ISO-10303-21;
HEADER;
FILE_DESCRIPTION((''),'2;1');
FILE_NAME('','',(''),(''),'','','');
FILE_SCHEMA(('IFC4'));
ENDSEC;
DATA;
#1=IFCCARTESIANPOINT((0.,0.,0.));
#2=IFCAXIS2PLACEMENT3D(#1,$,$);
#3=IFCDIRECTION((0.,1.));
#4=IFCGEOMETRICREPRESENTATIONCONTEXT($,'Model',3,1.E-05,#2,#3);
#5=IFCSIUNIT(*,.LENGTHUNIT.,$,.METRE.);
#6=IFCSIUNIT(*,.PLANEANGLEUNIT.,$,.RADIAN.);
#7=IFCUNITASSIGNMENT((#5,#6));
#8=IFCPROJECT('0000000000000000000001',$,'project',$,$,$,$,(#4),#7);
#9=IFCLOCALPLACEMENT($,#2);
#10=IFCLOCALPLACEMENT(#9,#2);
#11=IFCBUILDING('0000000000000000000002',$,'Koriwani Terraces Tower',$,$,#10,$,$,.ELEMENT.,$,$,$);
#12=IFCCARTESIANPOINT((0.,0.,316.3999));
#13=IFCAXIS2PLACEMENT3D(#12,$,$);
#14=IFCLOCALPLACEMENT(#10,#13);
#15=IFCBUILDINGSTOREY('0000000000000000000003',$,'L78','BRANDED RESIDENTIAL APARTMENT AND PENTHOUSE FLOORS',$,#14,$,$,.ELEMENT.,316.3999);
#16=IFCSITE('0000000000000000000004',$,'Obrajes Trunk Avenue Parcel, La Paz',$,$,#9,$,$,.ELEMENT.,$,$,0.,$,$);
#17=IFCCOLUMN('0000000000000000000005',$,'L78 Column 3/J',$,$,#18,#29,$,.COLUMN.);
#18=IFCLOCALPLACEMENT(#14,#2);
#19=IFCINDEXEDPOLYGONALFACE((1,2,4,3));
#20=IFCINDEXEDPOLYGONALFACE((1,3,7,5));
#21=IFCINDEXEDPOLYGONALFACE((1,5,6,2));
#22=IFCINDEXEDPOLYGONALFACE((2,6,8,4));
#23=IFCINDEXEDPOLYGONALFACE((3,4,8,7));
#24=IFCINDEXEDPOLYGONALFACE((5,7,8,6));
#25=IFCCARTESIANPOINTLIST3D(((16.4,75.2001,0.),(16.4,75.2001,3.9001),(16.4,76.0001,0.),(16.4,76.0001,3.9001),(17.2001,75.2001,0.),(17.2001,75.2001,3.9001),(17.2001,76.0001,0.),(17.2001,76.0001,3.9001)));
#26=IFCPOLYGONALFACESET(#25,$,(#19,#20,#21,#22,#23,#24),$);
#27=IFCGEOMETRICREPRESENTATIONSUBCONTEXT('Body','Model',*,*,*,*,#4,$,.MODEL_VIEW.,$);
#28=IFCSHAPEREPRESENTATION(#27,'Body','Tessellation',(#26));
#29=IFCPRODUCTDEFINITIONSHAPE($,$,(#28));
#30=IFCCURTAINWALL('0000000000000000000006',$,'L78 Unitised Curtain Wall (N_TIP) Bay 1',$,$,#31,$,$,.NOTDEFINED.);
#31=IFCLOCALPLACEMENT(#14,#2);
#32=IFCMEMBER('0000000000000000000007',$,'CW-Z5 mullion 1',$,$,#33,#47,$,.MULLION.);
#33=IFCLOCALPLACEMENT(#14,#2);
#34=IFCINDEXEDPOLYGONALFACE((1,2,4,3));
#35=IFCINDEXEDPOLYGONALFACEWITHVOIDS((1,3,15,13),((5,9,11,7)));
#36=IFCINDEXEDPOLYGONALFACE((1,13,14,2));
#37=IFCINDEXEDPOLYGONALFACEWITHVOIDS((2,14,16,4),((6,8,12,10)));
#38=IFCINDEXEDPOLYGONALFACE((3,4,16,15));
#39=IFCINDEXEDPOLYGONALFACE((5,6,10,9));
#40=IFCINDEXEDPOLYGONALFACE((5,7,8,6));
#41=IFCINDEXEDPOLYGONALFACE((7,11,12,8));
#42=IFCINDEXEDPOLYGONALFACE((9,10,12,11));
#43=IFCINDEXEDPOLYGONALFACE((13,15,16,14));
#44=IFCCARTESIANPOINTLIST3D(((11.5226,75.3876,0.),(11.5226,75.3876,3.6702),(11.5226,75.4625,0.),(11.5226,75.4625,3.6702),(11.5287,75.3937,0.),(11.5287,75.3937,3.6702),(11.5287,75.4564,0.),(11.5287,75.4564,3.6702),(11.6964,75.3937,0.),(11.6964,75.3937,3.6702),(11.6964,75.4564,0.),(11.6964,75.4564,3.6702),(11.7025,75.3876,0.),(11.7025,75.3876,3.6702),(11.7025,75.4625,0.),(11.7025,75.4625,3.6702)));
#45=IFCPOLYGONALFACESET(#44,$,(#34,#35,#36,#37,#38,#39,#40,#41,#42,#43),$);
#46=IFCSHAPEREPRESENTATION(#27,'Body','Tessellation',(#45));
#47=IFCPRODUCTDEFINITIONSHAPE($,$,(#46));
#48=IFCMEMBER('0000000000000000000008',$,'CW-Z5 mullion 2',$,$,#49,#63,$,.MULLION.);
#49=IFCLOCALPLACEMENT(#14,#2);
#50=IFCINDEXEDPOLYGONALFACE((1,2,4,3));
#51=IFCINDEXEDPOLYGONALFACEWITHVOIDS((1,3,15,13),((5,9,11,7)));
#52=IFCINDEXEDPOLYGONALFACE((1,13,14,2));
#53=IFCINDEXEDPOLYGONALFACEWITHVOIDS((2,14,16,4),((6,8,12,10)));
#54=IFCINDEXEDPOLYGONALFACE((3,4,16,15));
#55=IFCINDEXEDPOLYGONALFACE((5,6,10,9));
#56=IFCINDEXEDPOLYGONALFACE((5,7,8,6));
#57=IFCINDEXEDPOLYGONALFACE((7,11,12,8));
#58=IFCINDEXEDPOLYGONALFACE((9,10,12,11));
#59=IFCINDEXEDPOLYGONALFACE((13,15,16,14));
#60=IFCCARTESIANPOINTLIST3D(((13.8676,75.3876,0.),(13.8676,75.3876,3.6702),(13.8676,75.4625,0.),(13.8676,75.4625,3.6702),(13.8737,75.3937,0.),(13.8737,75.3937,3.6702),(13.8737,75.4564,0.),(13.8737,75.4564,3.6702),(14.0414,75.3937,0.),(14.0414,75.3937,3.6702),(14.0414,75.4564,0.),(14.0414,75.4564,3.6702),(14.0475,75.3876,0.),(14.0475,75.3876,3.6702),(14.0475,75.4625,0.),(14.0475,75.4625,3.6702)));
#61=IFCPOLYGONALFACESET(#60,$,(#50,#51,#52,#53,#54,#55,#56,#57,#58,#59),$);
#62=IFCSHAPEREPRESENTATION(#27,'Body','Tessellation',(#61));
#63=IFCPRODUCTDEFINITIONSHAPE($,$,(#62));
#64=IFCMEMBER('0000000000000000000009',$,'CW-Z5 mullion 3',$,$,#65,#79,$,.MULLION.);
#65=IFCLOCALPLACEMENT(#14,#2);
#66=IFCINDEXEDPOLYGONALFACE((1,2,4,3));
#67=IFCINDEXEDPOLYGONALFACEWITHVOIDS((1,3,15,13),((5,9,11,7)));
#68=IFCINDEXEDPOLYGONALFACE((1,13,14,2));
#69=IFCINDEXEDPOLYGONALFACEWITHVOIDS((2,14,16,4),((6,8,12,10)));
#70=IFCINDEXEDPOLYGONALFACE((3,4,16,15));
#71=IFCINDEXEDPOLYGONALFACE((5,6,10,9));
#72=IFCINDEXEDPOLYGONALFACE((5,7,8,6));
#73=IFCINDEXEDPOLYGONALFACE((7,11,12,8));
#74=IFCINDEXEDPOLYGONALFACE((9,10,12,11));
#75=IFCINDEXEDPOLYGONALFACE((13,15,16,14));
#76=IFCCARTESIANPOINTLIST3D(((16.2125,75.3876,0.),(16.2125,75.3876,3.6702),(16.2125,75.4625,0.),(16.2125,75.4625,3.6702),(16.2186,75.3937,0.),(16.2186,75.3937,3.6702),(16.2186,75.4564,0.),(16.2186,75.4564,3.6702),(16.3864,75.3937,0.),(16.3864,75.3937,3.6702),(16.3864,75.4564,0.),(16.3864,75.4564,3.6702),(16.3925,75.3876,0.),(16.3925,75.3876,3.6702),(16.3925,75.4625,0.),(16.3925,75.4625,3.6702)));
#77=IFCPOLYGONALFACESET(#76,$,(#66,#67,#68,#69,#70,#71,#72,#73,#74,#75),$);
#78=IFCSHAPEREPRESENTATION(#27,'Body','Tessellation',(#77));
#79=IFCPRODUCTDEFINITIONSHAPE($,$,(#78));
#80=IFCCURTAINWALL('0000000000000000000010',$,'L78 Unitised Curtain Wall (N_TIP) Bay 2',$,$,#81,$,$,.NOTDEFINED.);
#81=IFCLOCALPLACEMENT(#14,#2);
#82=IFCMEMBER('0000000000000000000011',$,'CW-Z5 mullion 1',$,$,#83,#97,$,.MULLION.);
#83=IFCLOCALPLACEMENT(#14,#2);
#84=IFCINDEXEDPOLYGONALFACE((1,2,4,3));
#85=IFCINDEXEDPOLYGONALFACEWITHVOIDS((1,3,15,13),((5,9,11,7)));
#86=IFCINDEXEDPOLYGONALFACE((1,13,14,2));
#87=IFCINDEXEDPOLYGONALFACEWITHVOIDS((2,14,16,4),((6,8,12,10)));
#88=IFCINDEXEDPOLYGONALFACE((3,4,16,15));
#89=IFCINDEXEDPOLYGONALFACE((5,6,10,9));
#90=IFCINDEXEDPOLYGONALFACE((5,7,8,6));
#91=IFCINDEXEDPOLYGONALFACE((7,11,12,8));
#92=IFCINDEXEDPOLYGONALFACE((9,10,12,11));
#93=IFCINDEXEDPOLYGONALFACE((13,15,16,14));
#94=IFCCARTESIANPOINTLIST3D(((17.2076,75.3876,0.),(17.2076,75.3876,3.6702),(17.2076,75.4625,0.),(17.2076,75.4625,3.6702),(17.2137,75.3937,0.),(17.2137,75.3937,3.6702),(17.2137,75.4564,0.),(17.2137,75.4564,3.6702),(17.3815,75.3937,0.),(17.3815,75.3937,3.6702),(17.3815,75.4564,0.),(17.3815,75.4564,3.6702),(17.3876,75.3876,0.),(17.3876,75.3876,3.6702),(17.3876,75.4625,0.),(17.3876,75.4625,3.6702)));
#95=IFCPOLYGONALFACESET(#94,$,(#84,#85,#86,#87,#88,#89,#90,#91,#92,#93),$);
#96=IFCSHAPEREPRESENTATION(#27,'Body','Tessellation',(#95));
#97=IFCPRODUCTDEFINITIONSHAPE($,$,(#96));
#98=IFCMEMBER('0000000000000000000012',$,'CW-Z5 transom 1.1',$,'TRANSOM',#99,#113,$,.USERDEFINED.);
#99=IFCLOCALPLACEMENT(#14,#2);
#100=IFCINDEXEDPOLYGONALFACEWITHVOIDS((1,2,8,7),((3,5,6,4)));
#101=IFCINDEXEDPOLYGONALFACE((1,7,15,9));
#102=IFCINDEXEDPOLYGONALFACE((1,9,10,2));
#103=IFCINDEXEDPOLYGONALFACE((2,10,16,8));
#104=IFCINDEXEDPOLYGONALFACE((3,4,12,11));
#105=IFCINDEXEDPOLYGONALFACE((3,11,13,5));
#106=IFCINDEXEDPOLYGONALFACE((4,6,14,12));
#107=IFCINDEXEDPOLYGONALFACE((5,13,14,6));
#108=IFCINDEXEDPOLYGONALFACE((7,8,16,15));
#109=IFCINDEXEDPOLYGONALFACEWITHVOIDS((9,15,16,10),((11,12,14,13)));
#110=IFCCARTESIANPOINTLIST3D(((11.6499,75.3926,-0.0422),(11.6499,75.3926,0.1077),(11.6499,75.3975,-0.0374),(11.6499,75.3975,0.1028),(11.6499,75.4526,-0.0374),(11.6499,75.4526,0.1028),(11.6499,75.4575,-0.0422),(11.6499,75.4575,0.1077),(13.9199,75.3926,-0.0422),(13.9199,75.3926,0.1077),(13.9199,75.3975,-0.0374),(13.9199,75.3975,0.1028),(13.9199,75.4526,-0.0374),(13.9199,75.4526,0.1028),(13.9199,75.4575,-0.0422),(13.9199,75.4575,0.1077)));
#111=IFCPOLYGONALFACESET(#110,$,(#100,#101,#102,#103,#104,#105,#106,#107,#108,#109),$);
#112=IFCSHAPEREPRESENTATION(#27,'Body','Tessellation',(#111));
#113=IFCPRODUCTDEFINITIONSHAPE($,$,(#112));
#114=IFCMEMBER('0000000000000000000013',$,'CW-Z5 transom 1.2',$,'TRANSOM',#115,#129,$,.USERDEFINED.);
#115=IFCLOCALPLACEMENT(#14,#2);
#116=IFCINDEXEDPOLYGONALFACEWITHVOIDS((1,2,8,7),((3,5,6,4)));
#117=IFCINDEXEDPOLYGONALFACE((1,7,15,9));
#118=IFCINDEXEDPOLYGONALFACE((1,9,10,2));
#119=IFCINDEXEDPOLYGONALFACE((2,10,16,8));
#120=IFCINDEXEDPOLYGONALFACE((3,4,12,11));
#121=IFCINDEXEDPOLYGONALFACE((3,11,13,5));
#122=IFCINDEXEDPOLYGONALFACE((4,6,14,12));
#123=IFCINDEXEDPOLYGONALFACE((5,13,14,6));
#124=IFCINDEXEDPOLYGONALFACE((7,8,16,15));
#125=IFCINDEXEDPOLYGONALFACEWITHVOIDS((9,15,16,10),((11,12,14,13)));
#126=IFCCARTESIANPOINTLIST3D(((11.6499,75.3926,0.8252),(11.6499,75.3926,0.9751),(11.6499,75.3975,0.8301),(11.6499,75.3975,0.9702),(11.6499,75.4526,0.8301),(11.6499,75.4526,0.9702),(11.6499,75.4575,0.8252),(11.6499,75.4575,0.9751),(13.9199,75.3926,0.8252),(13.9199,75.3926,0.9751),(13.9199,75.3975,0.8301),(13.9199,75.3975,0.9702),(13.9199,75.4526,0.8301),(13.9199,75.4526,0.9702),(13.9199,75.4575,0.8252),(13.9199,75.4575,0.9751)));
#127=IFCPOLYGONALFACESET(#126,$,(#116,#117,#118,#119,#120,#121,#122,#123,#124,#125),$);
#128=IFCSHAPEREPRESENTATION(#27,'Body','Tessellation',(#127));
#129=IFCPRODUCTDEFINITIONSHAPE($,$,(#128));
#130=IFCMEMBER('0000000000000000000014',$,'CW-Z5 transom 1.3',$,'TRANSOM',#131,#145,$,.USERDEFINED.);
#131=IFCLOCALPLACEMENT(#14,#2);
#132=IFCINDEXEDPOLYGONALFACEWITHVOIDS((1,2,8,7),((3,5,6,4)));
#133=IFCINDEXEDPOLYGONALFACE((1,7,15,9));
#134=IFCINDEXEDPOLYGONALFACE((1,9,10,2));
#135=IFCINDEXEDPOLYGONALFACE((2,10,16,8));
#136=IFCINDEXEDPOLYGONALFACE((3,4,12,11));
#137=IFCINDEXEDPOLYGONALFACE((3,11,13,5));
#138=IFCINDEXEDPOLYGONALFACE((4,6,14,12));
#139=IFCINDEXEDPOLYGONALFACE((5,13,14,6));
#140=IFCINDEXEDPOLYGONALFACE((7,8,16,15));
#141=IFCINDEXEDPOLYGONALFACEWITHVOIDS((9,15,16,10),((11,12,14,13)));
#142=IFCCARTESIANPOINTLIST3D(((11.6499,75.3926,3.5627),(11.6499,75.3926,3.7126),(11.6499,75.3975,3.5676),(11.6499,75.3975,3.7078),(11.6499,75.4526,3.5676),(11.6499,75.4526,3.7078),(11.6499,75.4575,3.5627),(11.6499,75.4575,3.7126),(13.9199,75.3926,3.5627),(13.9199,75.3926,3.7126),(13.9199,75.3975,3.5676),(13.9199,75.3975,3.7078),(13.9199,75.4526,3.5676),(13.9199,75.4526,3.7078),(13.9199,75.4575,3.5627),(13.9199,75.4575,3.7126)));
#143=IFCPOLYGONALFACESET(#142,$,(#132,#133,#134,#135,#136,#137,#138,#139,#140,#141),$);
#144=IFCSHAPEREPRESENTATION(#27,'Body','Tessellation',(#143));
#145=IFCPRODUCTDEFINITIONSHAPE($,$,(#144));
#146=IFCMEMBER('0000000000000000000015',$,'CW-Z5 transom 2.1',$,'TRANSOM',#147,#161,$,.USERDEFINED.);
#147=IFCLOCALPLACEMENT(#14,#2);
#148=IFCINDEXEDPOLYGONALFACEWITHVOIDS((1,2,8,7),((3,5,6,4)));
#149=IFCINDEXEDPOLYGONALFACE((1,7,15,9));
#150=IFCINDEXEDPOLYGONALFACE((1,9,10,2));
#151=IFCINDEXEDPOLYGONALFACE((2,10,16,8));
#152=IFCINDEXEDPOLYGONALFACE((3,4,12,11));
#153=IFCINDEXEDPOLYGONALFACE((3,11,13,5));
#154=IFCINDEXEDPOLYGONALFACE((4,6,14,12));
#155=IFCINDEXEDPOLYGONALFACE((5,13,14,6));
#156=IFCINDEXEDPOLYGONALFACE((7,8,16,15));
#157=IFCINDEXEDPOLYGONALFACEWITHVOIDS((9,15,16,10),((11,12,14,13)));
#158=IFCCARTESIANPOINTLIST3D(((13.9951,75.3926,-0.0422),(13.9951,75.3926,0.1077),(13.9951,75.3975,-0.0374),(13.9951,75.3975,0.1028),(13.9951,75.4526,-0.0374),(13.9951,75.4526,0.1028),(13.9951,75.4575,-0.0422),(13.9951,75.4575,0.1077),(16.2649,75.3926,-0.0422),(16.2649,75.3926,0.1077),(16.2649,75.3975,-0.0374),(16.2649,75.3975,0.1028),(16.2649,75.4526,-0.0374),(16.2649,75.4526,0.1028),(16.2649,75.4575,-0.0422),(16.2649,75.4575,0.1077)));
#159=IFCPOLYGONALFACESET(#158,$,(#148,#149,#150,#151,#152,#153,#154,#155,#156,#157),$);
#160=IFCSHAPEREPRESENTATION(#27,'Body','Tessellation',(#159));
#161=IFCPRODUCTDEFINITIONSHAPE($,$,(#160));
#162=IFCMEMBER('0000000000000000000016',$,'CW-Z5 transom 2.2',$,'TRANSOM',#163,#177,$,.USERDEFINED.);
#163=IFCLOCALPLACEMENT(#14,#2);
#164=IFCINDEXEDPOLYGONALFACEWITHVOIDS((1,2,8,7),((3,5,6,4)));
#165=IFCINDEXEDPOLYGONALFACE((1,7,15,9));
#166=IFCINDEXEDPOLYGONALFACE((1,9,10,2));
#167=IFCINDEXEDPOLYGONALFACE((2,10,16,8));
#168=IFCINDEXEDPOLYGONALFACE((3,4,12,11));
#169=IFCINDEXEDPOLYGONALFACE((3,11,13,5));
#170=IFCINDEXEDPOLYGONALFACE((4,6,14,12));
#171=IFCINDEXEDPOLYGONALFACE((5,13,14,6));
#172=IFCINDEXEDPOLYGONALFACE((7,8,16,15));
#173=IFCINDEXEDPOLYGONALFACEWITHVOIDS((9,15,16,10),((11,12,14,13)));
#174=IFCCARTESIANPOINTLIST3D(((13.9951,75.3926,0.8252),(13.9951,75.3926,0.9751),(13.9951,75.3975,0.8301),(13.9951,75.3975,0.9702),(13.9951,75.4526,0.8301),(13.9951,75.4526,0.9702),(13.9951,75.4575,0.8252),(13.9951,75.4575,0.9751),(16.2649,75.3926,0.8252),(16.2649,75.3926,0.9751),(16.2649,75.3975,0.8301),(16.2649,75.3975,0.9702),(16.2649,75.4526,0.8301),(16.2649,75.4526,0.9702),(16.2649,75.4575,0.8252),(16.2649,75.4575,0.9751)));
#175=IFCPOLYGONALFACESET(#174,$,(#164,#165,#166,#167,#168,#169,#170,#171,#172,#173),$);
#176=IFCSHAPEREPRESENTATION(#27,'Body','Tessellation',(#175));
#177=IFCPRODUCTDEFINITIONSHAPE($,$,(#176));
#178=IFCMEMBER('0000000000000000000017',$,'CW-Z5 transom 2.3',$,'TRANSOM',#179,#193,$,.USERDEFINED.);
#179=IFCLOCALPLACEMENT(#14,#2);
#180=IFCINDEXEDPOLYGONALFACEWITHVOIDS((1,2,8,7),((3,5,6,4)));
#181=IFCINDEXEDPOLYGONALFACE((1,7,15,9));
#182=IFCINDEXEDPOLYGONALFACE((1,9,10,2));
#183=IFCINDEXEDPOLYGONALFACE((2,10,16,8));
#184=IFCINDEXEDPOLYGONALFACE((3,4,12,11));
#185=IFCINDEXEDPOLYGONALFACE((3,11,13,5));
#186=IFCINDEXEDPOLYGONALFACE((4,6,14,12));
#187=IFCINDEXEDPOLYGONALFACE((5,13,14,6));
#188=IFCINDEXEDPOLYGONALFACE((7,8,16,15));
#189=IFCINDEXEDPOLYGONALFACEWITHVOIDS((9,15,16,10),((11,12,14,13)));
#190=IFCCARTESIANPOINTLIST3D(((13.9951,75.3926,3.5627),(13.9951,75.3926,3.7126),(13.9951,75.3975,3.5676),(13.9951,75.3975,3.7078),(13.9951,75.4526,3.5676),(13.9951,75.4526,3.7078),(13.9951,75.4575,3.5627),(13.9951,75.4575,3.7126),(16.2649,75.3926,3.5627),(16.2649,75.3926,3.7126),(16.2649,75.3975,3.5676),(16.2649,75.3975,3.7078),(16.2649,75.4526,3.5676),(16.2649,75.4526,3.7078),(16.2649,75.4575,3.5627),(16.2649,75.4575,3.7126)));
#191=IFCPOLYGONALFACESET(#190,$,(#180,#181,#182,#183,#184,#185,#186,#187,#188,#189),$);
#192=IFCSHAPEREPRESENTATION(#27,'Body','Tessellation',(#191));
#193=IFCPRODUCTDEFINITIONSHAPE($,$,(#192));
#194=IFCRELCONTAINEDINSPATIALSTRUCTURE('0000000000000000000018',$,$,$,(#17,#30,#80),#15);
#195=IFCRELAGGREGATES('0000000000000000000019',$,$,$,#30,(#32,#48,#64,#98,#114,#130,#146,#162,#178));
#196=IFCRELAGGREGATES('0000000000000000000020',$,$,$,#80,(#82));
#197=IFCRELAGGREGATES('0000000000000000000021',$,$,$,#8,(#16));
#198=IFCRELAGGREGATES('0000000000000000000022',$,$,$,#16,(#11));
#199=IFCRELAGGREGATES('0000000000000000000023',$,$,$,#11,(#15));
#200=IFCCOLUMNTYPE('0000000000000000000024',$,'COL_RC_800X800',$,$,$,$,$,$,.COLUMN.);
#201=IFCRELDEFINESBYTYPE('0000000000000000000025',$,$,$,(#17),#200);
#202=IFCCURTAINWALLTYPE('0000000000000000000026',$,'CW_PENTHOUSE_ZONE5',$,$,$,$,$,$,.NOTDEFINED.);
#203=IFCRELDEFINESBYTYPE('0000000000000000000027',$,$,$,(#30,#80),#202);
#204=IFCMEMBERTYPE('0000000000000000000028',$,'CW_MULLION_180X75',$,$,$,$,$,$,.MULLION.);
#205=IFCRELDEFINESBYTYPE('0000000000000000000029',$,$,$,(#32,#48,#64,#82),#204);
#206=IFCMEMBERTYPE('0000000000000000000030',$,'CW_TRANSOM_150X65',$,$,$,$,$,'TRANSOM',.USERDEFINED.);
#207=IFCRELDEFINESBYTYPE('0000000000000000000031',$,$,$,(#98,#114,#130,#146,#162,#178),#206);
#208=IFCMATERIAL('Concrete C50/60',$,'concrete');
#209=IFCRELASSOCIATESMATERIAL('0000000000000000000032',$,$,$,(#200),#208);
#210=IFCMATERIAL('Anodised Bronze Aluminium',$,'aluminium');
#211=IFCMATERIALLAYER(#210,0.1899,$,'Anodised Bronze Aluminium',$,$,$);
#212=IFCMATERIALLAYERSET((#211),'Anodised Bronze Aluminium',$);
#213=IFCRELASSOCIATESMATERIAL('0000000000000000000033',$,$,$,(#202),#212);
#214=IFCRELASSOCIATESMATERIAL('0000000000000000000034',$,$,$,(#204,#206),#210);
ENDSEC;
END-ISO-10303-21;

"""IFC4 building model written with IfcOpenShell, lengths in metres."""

from ifc_helpers import new_model, si_unit, direction, frame, origin, origin_2d, place, context, subcontext, project, spatial, rectangle, hollow_rectangle, extrude, material, layer, layer_set, material_profile, profile_set, type_object, element, aggregate, save


model = new_model("IFC4")

# Units and contexts
model_context = context("Model", 3, precision=1e-05, world=origin(), true_north=direction((0.0, 1.0)))
body_context = subcontext(model_context, "Body", "Model", "MODEL_VIEW")
ifc_project = project(units=[si_unit("LENGTHUNIT", "METRE"), si_unit("PLANEANGLEUNIT", "RADIAN")], contexts=[model_context])

# Site, building, storey
site_placement = place(None, origin())
site = spatial("IfcSite", under=ifc_project, at=site_placement, Name="Obrajes Trunk Avenue Parcel, La Paz", CompositionType="ELEMENT", RefElevation=0.0)
building_placement = place(site_placement, origin())
building = spatial("IfcBuilding", under=site, at=building_placement, Name="Koriwani Terraces Tower", CompositionType="ELEMENT")
storey_placement = place(building_placement, frame((0.0, 0.0, 316.3999)))
storey = spatial("IfcBuildingStorey", under=building, at=storey_placement, Name="L78", Description="BRANDED RESIDENTIAL APARTMENT AND PENTHOUSE FLOORS", CompositionType="ELEMENT", Elevation=316.3999)

# Column
ifc_material_1 = material(Name="Concrete C50/60", Category="concrete")
ifc_material_profile_1 = material_profile(ifc_material_1, rectangle(XDim=0.8, YDim=0.8, at=origin_2d()), Name="Concrete C50/60", Category="LoadBearing")
ifc_profile_set_1 = profile_set([ifc_material_profile_1], Name="Concrete C50/60")
column_type = type_object("IfcColumnType", Name="COL_RC_800X800", PredefinedType="COLUMN", material=ifc_profile_set_1)
column_placement = place(storey_placement, frame((16.8, 75.6001, 0.0), z_axis=(0.0, 0.0, 1.0), x_axis=(1.0, 0.0, 0.0)))
element("IfcColumn", 1, at=column_placement, inside=storey, type_object=column_type, Name="L78 Column 3/J", PredefinedType="COLUMN", context=body_context, shape_type="SweptSolid", body=[
    extrude(rectangle(XDim=0.8, YDim=0.8, at=origin_2d()), origin(), (0.0, 0.0, 1.0), 3.9001),
])

# Curtain wall, members
ifc_material_2 = material(Name="Anodised Bronze Aluminium", Category="aluminium")
ifc_layer_1 = layer(ifc_material_2, 0.1899, Name="Anodised Bronze Aluminium")
ifc_layer_set_1 = layer_set([ifc_layer_1], Name="Anodised Bronze Aluminium")
curtain_wall_type = type_object("IfcCurtainWallType", Name="CW_PENTHOUSE_ZONE5", PredefinedType="NOTDEFINED", material=ifc_layer_set_1)
curtain_wall_1_placement = place(storey_placement, origin())
curtain_wall_1 = element("IfcCurtainWall", 2, at=curtain_wall_1_placement, inside=storey, type_object=curtain_wall_type, Name="L78 Unitised Curtain Wall (N_TIP) Bay 1", PredefinedType="NOTDEFINED")
ifc_material_profile_2 = material_profile(ifc_material_2, hollow_rectangle(XDim=0.075, YDim=0.1799, WallThickness=0.0061, at=origin_2d()), Name="Anodised Bronze Aluminium", Category="LoadBearing")
ifc_profile_set_2 = profile_set([ifc_material_profile_2], Name="Anodised Bronze Aluminium")
member_type_1 = type_object("IfcMemberType", Name="CW_MULLION_180X75", PredefinedType="MULLION", material=ifc_profile_set_2)
member_1_placement = place(storey_placement, frame((11.6125, 75.425, 0.0), z_axis=(0.0, 0.0, 1.0), x_axis=(0.0, 1.0, 0.0)))
member_1 = element("IfcMember", 3, at=member_1_placement, type_object=member_type_1, Name="CW-Z5 mullion 1", PredefinedType="MULLION", context=body_context, shape_type="SweptSolid", body=[
    extrude(hollow_rectangle(XDim=0.075, YDim=0.1799, WallThickness=0.0061, at=origin_2d()), origin(), (0.0, 0.0, 1.0), 3.6702),
])
member_2_placement = place(storey_placement, frame((13.9575, 75.425, 0.0), z_axis=(0.0, 0.0, 1.0), x_axis=(0.0, 1.0, 0.0)))
member_2 = element("IfcMember", 4, at=member_2_placement, type_object=member_type_1, Name="CW-Z5 mullion 2", PredefinedType="MULLION", context=body_context, shape_type="SweptSolid", body=[
    extrude(hollow_rectangle(XDim=0.075, YDim=0.1799, WallThickness=0.0061, at=origin_2d()), origin(), (0.0, 0.0, 1.0), 3.6702),
])
member_3_placement = place(storey_placement, frame((16.3025, 75.425, 0.0), z_axis=(0.0, 0.0, 1.0), x_axis=(0.0, 1.0, 0.0)))
member_3 = element("IfcMember", 5, at=member_3_placement, type_object=member_type_1, Name="CW-Z5 mullion 3", PredefinedType="MULLION", context=body_context, shape_type="SweptSolid", body=[
    extrude(hollow_rectangle(XDim=0.075, YDim=0.1799, WallThickness=0.0061, at=origin_2d()), origin(), (0.0, 0.0, 1.0), 3.6702),
])

# Curtain wall, member
curtain_wall_2_placement = place(storey_placement, origin())
curtain_wall_2 = element("IfcCurtainWall", 6, at=curtain_wall_2_placement, inside=storey, type_object=curtain_wall_type, Name="L78 Unitised Curtain Wall (N_TIP) Bay 2", PredefinedType="NOTDEFINED")
member_4_placement = place(storey_placement, frame((17.2976, 75.425, 0.0), z_axis=(0.0, 0.0, 1.0), x_axis=(0.0, 1.0, 0.0)))
member_4 = element("IfcMember", 7, at=member_4_placement, type_object=member_type_1, Name="CW-Z5 mullion 1", PredefinedType="MULLION", context=body_context, shape_type="SweptSolid", body=[
    extrude(hollow_rectangle(XDim=0.075, YDim=0.1799, WallThickness=0.0061, at=origin_2d()), origin(), (0.0, 0.0, 1.0), 3.6702),
])

# Members
ifc_material_profile_3 = material_profile(ifc_material_2, hollow_rectangle(XDim=0.0649, YDim=0.1499, WallThickness=0.0049, at=origin_2d()), Name="Anodised Bronze Aluminium", Category="LoadBearing")
ifc_profile_set_3 = profile_set([ifc_material_profile_3], Name="Anodised Bronze Aluminium")
member_type_2 = type_object("IfcMemberType", Name="CW_TRANSOM_150X65", ElementType="TRANSOM", PredefinedType="USERDEFINED", material=ifc_profile_set_3)
member_5_placement = place(storey_placement, frame((11.6499, 75.425, 0.0327), z_axis=(1.0, 0.0, 0.0), x_axis=(0.0, 1.0, 0.0)))
member_5 = element("IfcMember", 8, at=member_5_placement, type_object=member_type_2, Name="CW-Z5 transom 1.1", ObjectType="TRANSOM", PredefinedType="USERDEFINED", context=body_context, shape_type="SweptSolid", body=[
    extrude(hollow_rectangle(XDim=0.0649, YDim=0.1499, WallThickness=0.0049, at=origin_2d()), origin(), (0.0, 0.0, 1.0), 2.27),
])
member_6_placement = place(storey_placement, frame((11.6499, 75.425, 0.9001), z_axis=(1.0, 0.0, 0.0), x_axis=(0.0, 1.0, 0.0)))
member_6 = element("IfcMember", 9, at=member_6_placement, type_object=member_type_2, Name="CW-Z5 transom 1.2", ObjectType="TRANSOM", PredefinedType="USERDEFINED", context=body_context, shape_type="SweptSolid", body=[
    extrude(hollow_rectangle(XDim=0.0649, YDim=0.1499, WallThickness=0.0049, at=origin_2d()), origin(), (0.0, 0.0, 1.0), 2.27),
])
member_7_placement = place(storey_placement, frame((11.6499, 75.425, 3.6377), z_axis=(1.0, 0.0, 0.0), x_axis=(0.0, 1.0, 0.0)))
member_7 = element("IfcMember", 10, at=member_7_placement, type_object=member_type_2, Name="CW-Z5 transom 1.3", ObjectType="TRANSOM", PredefinedType="USERDEFINED", context=body_context, shape_type="SweptSolid", body=[
    extrude(hollow_rectangle(XDim=0.0649, YDim=0.1499, WallThickness=0.0049, at=origin_2d()), origin(), (0.0, 0.0, 1.0), 2.27),
])
member_8_placement = place(storey_placement, frame((13.9951, 75.425, 0.0327), z_axis=(1.0, 0.0, 0.0), x_axis=(0.0, 1.0, 0.0)))
member_8 = element("IfcMember", 11, at=member_8_placement, type_object=member_type_2, Name="CW-Z5 transom 2.1", ObjectType="TRANSOM", PredefinedType="USERDEFINED", context=body_context, shape_type="SweptSolid", body=[
    extrude(hollow_rectangle(XDim=0.0649, YDim=0.1499, WallThickness=0.0049, at=origin_2d()), origin(), (0.0, 0.0, 1.0), 2.2698),
])
member_9_placement = place(storey_placement, frame((13.9951, 75.425, 0.9001), z_axis=(1.0, 0.0, 0.0), x_axis=(0.0, 1.0, 0.0)))
member_9 = element("IfcMember", 12, at=member_9_placement, type_object=member_type_2, Name="CW-Z5 transom 2.2", ObjectType="TRANSOM", PredefinedType="USERDEFINED", context=body_context, shape_type="SweptSolid", body=[
    extrude(hollow_rectangle(XDim=0.0649, YDim=0.1499, WallThickness=0.0049, at=origin_2d()), origin(), (0.0, 0.0, 1.0), 2.2698),
])
member_10_placement = place(storey_placement, frame((13.9951, 75.425, 3.6377), z_axis=(1.0, 0.0, 0.0), x_axis=(0.0, 1.0, 0.0)))
member_10 = element("IfcMember", 13, at=member_10_placement, type_object=member_type_2, Name="CW-Z5 transom 2.3", ObjectType="TRANSOM", PredefinedType="USERDEFINED", context=body_context, shape_type="SweptSolid", body=[
    extrude(hollow_rectangle(XDim=0.0649, YDim=0.1499, WallThickness=0.0049, at=origin_2d()), origin(), (0.0, 0.0, 1.0), 2.2698),
])

aggregate(curtain_wall_1, [member_1, member_2, member_3, member_5, member_6, member_7, member_8, member_9, member_10])
aggregate(curtain_wall_2, [member_4])

save(model, "model.ifc")
